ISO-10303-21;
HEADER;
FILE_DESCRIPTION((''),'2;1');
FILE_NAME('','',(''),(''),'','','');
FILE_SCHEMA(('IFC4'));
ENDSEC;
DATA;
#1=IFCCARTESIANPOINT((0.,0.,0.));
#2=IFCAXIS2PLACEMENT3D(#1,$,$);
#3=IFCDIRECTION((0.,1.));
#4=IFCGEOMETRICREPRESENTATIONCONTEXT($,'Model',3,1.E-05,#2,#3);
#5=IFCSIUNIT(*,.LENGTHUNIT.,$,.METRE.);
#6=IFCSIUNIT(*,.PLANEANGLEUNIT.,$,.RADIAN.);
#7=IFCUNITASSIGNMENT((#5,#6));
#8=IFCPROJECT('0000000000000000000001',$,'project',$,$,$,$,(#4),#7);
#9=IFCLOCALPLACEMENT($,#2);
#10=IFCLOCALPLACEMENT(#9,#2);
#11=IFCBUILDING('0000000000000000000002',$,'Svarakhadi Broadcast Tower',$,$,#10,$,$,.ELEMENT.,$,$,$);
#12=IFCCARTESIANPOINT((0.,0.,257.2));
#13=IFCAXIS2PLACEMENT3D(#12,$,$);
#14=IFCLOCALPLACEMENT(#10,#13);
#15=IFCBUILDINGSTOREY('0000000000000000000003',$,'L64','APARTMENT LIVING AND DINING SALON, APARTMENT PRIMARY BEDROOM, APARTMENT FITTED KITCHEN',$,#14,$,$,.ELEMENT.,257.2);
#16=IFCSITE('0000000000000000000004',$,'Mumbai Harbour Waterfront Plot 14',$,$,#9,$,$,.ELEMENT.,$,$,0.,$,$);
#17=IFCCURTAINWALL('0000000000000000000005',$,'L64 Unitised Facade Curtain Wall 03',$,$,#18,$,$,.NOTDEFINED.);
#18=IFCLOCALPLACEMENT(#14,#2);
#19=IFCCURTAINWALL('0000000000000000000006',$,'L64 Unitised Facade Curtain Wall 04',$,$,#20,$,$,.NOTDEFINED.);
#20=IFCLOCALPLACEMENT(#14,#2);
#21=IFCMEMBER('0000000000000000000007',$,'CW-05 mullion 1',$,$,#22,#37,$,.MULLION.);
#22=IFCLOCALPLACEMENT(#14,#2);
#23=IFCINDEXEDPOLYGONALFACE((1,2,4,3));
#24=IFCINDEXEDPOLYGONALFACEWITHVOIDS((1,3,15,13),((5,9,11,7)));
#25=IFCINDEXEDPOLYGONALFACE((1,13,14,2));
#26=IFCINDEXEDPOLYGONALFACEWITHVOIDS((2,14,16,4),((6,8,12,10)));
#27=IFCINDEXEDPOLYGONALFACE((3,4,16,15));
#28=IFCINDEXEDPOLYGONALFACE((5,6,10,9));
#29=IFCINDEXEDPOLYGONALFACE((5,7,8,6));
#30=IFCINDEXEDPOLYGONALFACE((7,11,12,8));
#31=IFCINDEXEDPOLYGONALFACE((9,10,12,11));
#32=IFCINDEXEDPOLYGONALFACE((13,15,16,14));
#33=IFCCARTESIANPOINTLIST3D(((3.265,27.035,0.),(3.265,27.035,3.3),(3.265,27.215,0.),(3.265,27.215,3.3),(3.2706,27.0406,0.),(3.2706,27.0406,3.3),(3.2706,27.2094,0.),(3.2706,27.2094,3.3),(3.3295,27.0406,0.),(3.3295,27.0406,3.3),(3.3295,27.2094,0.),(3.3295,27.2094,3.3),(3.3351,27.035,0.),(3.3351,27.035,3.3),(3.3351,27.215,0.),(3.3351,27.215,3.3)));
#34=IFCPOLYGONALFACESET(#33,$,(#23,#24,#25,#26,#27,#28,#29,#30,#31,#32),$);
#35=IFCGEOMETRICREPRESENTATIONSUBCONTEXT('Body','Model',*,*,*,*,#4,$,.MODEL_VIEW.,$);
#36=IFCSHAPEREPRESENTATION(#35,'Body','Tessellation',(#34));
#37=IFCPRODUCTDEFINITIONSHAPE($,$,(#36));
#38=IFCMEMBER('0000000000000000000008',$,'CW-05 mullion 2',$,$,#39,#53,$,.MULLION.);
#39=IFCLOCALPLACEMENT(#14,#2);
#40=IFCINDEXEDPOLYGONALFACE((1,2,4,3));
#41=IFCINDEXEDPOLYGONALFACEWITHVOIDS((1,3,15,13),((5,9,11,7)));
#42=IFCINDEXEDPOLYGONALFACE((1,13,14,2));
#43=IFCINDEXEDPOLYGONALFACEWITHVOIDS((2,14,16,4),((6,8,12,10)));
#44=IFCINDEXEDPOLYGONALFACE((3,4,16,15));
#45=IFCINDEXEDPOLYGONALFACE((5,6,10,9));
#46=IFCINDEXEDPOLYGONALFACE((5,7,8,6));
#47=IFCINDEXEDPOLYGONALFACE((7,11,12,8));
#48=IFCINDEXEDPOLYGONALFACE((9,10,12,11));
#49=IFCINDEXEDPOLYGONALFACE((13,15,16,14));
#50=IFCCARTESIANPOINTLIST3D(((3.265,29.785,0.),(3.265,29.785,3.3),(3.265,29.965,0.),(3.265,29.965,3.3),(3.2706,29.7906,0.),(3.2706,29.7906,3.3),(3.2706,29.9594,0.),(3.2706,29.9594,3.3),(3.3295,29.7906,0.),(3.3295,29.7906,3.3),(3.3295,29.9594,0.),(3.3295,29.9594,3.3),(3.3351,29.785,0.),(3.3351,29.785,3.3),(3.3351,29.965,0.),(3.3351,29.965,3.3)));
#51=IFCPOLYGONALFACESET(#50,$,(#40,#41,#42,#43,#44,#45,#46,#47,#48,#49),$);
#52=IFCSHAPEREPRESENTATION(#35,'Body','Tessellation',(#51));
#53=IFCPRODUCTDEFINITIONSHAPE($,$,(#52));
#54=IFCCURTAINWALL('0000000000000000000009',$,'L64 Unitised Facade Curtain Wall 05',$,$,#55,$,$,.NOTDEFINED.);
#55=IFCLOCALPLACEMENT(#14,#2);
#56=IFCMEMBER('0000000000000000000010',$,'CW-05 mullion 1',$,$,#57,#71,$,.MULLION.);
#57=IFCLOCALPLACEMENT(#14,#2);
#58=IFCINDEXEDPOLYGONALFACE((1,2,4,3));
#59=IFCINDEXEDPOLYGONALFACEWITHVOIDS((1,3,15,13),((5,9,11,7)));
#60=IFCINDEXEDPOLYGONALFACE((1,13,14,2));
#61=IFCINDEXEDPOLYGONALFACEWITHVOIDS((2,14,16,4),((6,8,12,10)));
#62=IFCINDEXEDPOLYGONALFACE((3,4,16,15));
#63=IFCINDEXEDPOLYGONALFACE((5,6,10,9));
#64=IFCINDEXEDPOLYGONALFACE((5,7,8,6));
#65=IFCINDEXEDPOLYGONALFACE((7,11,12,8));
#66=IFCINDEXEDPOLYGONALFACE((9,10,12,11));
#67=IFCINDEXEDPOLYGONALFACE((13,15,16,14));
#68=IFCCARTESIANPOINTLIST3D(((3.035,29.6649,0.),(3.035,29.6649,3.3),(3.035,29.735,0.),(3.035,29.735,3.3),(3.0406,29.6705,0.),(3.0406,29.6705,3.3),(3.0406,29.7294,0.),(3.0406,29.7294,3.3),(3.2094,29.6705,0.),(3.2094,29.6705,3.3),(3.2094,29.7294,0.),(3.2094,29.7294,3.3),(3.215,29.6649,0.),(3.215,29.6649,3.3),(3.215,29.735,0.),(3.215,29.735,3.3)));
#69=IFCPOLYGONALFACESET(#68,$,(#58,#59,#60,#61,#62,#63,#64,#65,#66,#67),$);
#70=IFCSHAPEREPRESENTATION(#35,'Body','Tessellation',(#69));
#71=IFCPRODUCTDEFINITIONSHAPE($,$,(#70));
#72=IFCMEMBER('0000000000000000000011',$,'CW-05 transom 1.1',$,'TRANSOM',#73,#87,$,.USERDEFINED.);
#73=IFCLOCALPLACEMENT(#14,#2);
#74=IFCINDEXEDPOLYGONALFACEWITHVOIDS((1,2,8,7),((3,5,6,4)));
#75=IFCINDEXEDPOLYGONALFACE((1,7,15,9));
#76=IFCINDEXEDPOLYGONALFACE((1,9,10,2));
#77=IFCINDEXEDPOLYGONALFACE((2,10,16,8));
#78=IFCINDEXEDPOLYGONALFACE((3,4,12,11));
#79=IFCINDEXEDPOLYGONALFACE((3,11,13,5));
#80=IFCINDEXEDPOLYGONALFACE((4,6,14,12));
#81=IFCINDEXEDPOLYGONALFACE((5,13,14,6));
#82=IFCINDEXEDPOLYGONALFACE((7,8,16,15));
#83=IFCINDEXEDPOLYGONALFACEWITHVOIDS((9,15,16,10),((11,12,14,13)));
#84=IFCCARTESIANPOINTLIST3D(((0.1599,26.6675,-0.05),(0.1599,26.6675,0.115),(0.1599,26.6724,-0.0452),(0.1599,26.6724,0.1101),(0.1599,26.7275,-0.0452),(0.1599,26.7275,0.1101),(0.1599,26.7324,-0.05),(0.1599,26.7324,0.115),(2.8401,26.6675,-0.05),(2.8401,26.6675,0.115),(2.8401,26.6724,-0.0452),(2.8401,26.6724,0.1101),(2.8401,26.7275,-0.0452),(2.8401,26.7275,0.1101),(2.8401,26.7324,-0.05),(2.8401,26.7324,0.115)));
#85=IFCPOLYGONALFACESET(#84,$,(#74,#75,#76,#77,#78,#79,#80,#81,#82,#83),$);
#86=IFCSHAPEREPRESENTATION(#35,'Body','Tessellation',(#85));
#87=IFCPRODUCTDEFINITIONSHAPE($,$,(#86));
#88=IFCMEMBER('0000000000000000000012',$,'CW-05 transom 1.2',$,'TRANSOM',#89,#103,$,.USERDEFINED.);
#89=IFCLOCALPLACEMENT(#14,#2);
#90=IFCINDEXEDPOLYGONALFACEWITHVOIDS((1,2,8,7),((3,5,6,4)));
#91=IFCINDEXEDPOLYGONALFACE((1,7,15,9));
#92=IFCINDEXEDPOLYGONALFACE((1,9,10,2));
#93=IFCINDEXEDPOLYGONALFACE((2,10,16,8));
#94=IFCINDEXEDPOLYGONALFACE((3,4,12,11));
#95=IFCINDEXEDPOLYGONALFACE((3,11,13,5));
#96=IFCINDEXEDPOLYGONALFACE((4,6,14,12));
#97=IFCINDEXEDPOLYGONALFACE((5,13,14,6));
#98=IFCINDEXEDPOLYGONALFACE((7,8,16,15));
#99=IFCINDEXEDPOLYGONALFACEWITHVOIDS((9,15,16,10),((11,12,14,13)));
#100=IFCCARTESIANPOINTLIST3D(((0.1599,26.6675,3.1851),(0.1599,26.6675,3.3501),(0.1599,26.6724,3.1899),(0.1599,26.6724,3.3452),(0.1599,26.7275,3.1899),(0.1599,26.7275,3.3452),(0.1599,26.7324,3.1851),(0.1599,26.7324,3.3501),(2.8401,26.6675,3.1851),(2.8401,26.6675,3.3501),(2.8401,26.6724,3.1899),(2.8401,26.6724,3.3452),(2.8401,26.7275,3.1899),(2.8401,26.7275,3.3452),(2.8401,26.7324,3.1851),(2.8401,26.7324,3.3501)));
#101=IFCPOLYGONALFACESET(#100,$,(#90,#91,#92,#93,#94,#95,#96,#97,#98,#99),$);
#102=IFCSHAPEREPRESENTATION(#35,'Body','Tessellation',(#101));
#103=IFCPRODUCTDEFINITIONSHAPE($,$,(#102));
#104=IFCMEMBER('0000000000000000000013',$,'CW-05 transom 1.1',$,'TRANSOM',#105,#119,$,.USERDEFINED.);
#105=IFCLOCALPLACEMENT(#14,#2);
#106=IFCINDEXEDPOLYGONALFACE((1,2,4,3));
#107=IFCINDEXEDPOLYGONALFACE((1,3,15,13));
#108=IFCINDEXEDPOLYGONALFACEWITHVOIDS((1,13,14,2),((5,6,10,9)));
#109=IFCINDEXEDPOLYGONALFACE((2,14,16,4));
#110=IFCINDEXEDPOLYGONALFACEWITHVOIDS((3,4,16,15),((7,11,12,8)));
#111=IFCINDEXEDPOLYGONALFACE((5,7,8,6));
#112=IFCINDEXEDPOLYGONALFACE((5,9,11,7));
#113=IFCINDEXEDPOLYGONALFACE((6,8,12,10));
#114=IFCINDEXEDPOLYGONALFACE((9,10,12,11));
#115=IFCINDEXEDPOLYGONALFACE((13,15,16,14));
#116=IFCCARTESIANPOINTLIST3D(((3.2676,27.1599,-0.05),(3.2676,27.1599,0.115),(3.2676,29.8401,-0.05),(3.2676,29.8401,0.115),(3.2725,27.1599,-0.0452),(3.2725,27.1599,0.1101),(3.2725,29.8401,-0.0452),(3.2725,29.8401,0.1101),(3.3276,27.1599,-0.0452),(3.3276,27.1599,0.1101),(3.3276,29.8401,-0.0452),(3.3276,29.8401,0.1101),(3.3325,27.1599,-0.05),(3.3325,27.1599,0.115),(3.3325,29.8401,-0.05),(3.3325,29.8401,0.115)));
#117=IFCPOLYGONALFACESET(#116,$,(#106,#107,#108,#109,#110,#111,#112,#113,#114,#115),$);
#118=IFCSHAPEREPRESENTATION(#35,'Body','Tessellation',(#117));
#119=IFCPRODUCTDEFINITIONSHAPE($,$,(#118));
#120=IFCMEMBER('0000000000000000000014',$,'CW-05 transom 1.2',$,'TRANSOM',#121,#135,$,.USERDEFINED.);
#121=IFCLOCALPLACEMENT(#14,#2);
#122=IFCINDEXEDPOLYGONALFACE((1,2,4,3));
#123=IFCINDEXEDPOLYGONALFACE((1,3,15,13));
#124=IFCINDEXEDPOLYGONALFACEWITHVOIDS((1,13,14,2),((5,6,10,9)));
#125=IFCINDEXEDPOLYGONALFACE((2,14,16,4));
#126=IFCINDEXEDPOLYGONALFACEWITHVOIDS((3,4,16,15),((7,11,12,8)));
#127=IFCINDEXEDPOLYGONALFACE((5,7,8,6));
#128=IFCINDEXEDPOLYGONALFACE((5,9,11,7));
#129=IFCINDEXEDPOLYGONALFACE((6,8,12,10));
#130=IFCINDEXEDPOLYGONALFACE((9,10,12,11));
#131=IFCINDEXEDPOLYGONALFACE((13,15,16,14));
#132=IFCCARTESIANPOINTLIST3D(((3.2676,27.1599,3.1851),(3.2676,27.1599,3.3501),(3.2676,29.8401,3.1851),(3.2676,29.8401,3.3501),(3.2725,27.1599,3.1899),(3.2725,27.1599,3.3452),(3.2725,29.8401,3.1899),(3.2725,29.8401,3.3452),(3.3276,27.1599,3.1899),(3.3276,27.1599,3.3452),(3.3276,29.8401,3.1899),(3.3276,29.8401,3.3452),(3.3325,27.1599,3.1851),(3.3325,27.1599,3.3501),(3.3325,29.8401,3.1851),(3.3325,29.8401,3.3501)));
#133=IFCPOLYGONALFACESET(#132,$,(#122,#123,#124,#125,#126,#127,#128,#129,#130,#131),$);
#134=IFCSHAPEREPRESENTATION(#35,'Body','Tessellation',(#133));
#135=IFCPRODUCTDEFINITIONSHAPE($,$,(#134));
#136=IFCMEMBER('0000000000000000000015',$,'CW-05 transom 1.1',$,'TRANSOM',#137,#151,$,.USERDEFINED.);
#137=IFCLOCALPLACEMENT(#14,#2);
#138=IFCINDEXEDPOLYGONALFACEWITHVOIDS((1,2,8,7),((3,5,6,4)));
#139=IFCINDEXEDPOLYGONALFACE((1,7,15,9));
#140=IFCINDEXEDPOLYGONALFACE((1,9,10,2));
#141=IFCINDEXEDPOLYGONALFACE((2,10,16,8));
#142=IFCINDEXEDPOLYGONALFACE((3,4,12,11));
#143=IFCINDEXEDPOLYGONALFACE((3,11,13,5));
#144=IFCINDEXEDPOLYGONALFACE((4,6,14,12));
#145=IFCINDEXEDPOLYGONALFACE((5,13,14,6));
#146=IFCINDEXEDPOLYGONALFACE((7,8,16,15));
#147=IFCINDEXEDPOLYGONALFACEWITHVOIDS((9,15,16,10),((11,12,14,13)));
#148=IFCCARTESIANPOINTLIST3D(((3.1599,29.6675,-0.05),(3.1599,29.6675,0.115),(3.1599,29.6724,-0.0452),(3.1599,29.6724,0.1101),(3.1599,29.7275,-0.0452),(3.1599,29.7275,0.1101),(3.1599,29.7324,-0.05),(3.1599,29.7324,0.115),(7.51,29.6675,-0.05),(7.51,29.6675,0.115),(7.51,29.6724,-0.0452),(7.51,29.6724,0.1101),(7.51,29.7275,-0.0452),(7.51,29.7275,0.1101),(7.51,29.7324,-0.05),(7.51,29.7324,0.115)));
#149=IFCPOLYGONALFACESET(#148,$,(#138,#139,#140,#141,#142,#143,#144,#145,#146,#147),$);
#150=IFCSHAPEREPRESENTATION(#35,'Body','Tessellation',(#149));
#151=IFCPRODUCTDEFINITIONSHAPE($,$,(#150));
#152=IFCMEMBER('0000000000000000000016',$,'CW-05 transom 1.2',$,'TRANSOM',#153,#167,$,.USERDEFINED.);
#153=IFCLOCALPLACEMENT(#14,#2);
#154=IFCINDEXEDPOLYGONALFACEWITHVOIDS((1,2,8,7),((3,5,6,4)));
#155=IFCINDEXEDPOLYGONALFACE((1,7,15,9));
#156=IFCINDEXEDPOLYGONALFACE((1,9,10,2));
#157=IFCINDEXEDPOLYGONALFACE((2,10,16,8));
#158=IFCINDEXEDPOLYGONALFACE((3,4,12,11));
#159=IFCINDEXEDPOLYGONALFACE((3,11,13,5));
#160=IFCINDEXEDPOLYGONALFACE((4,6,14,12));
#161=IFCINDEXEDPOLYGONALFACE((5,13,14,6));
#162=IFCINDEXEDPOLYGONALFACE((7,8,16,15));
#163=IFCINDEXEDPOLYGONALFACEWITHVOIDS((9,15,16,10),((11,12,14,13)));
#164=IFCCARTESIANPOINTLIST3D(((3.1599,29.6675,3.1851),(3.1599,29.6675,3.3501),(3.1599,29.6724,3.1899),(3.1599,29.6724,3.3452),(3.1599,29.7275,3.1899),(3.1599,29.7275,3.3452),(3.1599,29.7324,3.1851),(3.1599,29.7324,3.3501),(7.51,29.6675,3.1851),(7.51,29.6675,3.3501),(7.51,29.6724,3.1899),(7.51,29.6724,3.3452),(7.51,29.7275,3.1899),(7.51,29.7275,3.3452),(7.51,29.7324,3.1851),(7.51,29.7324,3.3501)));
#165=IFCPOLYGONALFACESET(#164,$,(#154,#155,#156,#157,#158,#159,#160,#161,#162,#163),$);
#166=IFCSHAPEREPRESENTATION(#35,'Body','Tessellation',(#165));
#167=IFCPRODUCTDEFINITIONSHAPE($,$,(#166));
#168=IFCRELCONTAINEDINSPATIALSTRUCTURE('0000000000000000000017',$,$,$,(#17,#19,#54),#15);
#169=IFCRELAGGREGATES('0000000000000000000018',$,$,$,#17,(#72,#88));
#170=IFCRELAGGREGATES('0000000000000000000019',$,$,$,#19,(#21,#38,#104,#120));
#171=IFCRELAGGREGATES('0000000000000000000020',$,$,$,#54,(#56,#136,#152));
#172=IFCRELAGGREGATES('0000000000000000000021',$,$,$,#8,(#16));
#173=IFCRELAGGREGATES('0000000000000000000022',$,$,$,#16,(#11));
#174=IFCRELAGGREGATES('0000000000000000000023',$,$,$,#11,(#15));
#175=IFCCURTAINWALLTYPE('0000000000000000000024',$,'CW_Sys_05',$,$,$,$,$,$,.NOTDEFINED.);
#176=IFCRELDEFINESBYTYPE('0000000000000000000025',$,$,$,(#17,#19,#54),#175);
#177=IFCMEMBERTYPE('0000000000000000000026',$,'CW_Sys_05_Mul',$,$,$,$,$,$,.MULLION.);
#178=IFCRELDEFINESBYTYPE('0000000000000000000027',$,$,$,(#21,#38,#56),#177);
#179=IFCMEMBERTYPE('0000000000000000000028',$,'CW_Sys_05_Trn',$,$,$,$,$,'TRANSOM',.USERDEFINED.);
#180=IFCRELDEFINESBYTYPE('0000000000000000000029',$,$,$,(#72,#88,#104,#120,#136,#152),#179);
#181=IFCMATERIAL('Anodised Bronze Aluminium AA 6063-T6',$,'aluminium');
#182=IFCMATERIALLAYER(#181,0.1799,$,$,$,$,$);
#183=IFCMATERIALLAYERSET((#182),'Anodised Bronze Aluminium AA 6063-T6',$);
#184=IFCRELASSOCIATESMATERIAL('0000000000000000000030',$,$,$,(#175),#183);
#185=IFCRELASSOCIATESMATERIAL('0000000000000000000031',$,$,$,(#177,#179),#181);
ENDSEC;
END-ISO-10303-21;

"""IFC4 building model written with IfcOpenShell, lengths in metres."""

from ifc_helpers import new_model, si_unit, direction, frame, origin, origin_2d, place, context, subcontext, project, spatial, hollow_rectangle, extrude, material, layer, layer_set, material_profile, profile_set, type_object, element, aggregate, save


model = new_model("IFC4")

# Units and contexts
model_context = context("Model", 3, precision=1e-05, world=origin(), true_north=direction((0.0, 1.0)))
body_context = subcontext(model_context, "Body", "Model", "MODEL_VIEW")
ifc_project = project(units=[si_unit("LENGTHUNIT", "METRE"), si_unit("PLANEANGLEUNIT", "RADIAN")], contexts=[model_context])

# Site, building, storey
site_placement = place(None, origin())
site = spatial("IfcSite", under=ifc_project, at=site_placement, Name="Mumbai Harbour Waterfront Plot 14", CompositionType="ELEMENT", RefElevation=0.0)
building_placement = place(site_placement, origin())
building = spatial("IfcBuilding", under=site, at=building_placement, Name="Svarakhadi Broadcast Tower", CompositionType="ELEMENT")
storey_placement = place(building_placement, frame((0.0, 0.0, 257.2)))
storey = spatial("IfcBuildingStorey", under=building, at=storey_placement, Name="L64", Description="APARTMENT LIVING AND DINING SALON, APARTMENT PRIMARY BEDROOM, APARTMENT FITTED KITCHEN", CompositionType="ELEMENT", Elevation=257.2)

# Curtain walls, members
ifc_material_1 = material(Name="Anodised Bronze Aluminium AA 6063-T6", Category="aluminium")
ifc_layer_1 = layer(ifc_material_1, 0.1799)
ifc_layer_set_1 = layer_set([ifc_layer_1], Name="Anodised Bronze Aluminium AA 6063-T6")
curtain_wall_type = type_object("IfcCurtainWallType", Name="CW_Sys_05", PredefinedType="NOTDEFINED", material=ifc_layer_set_1)
curtain_wall_1_placement = place(storey_placement, origin())
curtain_wall_1 = element("IfcCurtainWall", 1, at=curtain_wall_1_placement, inside=storey, type_object=curtain_wall_type, Name="L64 Unitised Facade Curtain Wall 03", PredefinedType="NOTDEFINED")
ifc_material_profile_1 = material_profile(ifc_material_1, hollow_rectangle(XDim=0.0701, YDim=0.1799, WallThickness=0.0056, at=origin_2d()), Name="ALU MULLION 180x70x6")
ifc_profile_set_1 = profile_set([ifc_material_profile_1], Name="Anodised Bronze Aluminium AA 6063-T6")
member_type_1 = type_object("IfcMemberType", Name="CW_Sys_05_Mul", PredefinedType="MULLION", material=ifc_profile_set_1)
curtain_wall_2_placement = place(storey_placement, origin())
curtain_wall_2 = element("IfcCurtainWall", 2, at=curtain_wall_2_placement, inside=storey, type_object=curtain_wall_type, Name="L64 Unitised Facade Curtain Wall 04", PredefinedType="NOTDEFINED")
member_1_placement = place(storey_placement, frame((3.3, 27.125, 0.0), z_axis=(0.0, 0.0, 1.0), x_axis=(-1.0, 0.0, 0.0)))
member_1 = element("IfcMember", 3, at=member_1_placement, type_object=member_type_1, Name="CW-05 mullion 1", PredefinedType="MULLION", context=body_context, shape_type="SweptSolid", body=[
    extrude(hollow_rectangle(XDim=0.0701, YDim=0.1799, WallThickness=0.0056, at=origin_2d()), origin(), (0.0, 0.0, 1.0), 3.3),
])
member_2_placement = place(storey_placement, frame((3.3, 29.875, 0.0), z_axis=(0.0, 0.0, 1.0), x_axis=(-1.0, 0.0, 0.0)))
member_2 = element("IfcMember", 4, at=member_2_placement, type_object=member_type_1, Name="CW-05 mullion 2", PredefinedType="MULLION", context=body_context, shape_type="SweptSolid", body=[
    extrude(hollow_rectangle(XDim=0.0701, YDim=0.1799, WallThickness=0.0056, at=origin_2d()), origin(), (0.0, 0.0, 1.0), 3.3),
])

# Curtain wall, member
curtain_wall_3_placement = place(storey_placement, origin())
curtain_wall_3 = element("IfcCurtainWall", 5, at=curtain_wall_3_placement, inside=storey, type_object=curtain_wall_type, Name="L64 Unitised Facade Curtain Wall 05", PredefinedType="NOTDEFINED")
member_3_placement = place(storey_placement, frame((3.125, 29.7, 0.0), z_axis=(0.0, 0.0, 1.0), x_axis=(0.0, 1.0, 0.0)))
member_3 = element("IfcMember", 6, at=member_3_placement, type_object=member_type_1, Name="CW-05 mullion 1", PredefinedType="MULLION", context=body_context, shape_type="SweptSolid", body=[
    extrude(hollow_rectangle(XDim=0.0701, YDim=0.1799, WallThickness=0.0056, at=origin_2d()), origin(), (0.0, 0.0, 1.0), 3.3),
])

# Members
ifc_material_profile_2 = material_profile(ifc_material_1, hollow_rectangle(XDim=0.0649, YDim=0.165, WallThickness=0.0049, at=origin_2d()), Name="ALU TRANSOM 165x65x5")
ifc_profile_set_2 = profile_set([ifc_material_profile_2], Name="Anodised Bronze Aluminium AA 6063-T6")
member_type_2 = type_object("IfcMemberType", Name="CW_Sys_05_Trn", ElementType="TRANSOM", PredefinedType="USERDEFINED", material=ifc_profile_set_2)
member_4_placement = place(storey_placement, frame((0.1599, 26.7, 0.0325), z_axis=(1.0, 0.0, 0.0), x_axis=(0.0, 1.0, 0.0)))
member_4 = element("IfcMember", 7, at=member_4_placement, type_object=member_type_2, Name="CW-05 transom 1.1", ObjectType="TRANSOM", PredefinedType="USERDEFINED", context=body_context, shape_type="SweptSolid", body=[
    extrude(hollow_rectangle(XDim=0.0649, YDim=0.165, WallThickness=0.0049, at=origin_2d()), origin(), (0.0, 0.0, 1.0), 2.6802),
])
member_5_placement = place(storey_placement, frame((0.1599, 26.7, 3.2676), z_axis=(1.0, 0.0, 0.0), x_axis=(0.0, 1.0, 0.0)))
member_5 = element("IfcMember", 8, at=member_5_placement, type_object=member_type_2, Name="CW-05 transom 1.2", ObjectType="TRANSOM", PredefinedType="USERDEFINED", context=body_context, shape_type="SweptSolid", body=[
    extrude(hollow_rectangle(XDim=0.0649, YDim=0.165, WallThickness=0.0049, at=origin_2d()), origin(), (0.0, 0.0, 1.0), 2.6802),
])
member_6_placement = place(storey_placement, frame((3.3, 27.1599, 0.0325), z_axis=(0.0, 1.0, 0.0), x_axis=(-1.0, 0.0, 0.0)))
member_6 = element("IfcMember", 9, at=member_6_placement, type_object=member_type_2, Name="CW-05 transom 1.1", ObjectType="TRANSOM", PredefinedType="USERDEFINED", context=body_context, shape_type="SweptSolid", body=[
    extrude(hollow_rectangle(XDim=0.0649, YDim=0.165, WallThickness=0.0049, at=origin_2d()), origin(), (0.0, 0.0, 1.0), 2.6802),
])
member_7_placement = place(storey_placement, frame((3.3, 27.1599, 3.2676), z_axis=(0.0, 1.0, 0.0), x_axis=(-1.0, 0.0, 0.0)))
member_7 = element("IfcMember", 10, at=member_7_placement, type_object=member_type_2, Name="CW-05 transom 1.2", ObjectType="TRANSOM", PredefinedType="USERDEFINED", context=body_context, shape_type="SweptSolid", body=[
    extrude(hollow_rectangle(XDim=0.0649, YDim=0.165, WallThickness=0.0049, at=origin_2d()), origin(), (0.0, 0.0, 1.0), 2.6802),
])
member_8_placement = place(storey_placement, frame((3.1599, 29.7, 0.0325), z_axis=(1.0, 0.0, 0.0), x_axis=(0.0, 1.0, 0.0)))
member_8 = element("IfcMember", 11, at=member_8_placement, type_object=member_type_2, Name="CW-05 transom 1.1", ObjectType="TRANSOM", PredefinedType="USERDEFINED", context=body_context, shape_type="SweptSolid", body=[
    extrude(hollow_rectangle(XDim=0.0649, YDim=0.165, WallThickness=0.0049, at=origin_2d()), origin(), (0.0, 0.0, 1.0), 4.3501),
])
member_9_placement = place(storey_placement, frame((3.1599, 29.7, 3.2676), z_axis=(1.0, 0.0, 0.0), x_axis=(0.0, 1.0, 0.0)))
member_9 = element("IfcMember", 12, at=member_9_placement, type_object=member_type_2, Name="CW-05 transom 1.2", ObjectType="TRANSOM", PredefinedType="USERDEFINED", context=body_context, shape_type="SweptSolid", body=[
    extrude(hollow_rectangle(XDim=0.0649, YDim=0.165, WallThickness=0.0049, at=origin_2d()), origin(), (0.0, 0.0, 1.0), 4.3501),
])

aggregate(curtain_wall_1, [member_4, member_5])
aggregate(curtain_wall_2, [member_1, member_2, member_6, member_7])
aggregate(curtain_wall_3, [member_3, member_8, member_9])

save(model, "model.ifc")
